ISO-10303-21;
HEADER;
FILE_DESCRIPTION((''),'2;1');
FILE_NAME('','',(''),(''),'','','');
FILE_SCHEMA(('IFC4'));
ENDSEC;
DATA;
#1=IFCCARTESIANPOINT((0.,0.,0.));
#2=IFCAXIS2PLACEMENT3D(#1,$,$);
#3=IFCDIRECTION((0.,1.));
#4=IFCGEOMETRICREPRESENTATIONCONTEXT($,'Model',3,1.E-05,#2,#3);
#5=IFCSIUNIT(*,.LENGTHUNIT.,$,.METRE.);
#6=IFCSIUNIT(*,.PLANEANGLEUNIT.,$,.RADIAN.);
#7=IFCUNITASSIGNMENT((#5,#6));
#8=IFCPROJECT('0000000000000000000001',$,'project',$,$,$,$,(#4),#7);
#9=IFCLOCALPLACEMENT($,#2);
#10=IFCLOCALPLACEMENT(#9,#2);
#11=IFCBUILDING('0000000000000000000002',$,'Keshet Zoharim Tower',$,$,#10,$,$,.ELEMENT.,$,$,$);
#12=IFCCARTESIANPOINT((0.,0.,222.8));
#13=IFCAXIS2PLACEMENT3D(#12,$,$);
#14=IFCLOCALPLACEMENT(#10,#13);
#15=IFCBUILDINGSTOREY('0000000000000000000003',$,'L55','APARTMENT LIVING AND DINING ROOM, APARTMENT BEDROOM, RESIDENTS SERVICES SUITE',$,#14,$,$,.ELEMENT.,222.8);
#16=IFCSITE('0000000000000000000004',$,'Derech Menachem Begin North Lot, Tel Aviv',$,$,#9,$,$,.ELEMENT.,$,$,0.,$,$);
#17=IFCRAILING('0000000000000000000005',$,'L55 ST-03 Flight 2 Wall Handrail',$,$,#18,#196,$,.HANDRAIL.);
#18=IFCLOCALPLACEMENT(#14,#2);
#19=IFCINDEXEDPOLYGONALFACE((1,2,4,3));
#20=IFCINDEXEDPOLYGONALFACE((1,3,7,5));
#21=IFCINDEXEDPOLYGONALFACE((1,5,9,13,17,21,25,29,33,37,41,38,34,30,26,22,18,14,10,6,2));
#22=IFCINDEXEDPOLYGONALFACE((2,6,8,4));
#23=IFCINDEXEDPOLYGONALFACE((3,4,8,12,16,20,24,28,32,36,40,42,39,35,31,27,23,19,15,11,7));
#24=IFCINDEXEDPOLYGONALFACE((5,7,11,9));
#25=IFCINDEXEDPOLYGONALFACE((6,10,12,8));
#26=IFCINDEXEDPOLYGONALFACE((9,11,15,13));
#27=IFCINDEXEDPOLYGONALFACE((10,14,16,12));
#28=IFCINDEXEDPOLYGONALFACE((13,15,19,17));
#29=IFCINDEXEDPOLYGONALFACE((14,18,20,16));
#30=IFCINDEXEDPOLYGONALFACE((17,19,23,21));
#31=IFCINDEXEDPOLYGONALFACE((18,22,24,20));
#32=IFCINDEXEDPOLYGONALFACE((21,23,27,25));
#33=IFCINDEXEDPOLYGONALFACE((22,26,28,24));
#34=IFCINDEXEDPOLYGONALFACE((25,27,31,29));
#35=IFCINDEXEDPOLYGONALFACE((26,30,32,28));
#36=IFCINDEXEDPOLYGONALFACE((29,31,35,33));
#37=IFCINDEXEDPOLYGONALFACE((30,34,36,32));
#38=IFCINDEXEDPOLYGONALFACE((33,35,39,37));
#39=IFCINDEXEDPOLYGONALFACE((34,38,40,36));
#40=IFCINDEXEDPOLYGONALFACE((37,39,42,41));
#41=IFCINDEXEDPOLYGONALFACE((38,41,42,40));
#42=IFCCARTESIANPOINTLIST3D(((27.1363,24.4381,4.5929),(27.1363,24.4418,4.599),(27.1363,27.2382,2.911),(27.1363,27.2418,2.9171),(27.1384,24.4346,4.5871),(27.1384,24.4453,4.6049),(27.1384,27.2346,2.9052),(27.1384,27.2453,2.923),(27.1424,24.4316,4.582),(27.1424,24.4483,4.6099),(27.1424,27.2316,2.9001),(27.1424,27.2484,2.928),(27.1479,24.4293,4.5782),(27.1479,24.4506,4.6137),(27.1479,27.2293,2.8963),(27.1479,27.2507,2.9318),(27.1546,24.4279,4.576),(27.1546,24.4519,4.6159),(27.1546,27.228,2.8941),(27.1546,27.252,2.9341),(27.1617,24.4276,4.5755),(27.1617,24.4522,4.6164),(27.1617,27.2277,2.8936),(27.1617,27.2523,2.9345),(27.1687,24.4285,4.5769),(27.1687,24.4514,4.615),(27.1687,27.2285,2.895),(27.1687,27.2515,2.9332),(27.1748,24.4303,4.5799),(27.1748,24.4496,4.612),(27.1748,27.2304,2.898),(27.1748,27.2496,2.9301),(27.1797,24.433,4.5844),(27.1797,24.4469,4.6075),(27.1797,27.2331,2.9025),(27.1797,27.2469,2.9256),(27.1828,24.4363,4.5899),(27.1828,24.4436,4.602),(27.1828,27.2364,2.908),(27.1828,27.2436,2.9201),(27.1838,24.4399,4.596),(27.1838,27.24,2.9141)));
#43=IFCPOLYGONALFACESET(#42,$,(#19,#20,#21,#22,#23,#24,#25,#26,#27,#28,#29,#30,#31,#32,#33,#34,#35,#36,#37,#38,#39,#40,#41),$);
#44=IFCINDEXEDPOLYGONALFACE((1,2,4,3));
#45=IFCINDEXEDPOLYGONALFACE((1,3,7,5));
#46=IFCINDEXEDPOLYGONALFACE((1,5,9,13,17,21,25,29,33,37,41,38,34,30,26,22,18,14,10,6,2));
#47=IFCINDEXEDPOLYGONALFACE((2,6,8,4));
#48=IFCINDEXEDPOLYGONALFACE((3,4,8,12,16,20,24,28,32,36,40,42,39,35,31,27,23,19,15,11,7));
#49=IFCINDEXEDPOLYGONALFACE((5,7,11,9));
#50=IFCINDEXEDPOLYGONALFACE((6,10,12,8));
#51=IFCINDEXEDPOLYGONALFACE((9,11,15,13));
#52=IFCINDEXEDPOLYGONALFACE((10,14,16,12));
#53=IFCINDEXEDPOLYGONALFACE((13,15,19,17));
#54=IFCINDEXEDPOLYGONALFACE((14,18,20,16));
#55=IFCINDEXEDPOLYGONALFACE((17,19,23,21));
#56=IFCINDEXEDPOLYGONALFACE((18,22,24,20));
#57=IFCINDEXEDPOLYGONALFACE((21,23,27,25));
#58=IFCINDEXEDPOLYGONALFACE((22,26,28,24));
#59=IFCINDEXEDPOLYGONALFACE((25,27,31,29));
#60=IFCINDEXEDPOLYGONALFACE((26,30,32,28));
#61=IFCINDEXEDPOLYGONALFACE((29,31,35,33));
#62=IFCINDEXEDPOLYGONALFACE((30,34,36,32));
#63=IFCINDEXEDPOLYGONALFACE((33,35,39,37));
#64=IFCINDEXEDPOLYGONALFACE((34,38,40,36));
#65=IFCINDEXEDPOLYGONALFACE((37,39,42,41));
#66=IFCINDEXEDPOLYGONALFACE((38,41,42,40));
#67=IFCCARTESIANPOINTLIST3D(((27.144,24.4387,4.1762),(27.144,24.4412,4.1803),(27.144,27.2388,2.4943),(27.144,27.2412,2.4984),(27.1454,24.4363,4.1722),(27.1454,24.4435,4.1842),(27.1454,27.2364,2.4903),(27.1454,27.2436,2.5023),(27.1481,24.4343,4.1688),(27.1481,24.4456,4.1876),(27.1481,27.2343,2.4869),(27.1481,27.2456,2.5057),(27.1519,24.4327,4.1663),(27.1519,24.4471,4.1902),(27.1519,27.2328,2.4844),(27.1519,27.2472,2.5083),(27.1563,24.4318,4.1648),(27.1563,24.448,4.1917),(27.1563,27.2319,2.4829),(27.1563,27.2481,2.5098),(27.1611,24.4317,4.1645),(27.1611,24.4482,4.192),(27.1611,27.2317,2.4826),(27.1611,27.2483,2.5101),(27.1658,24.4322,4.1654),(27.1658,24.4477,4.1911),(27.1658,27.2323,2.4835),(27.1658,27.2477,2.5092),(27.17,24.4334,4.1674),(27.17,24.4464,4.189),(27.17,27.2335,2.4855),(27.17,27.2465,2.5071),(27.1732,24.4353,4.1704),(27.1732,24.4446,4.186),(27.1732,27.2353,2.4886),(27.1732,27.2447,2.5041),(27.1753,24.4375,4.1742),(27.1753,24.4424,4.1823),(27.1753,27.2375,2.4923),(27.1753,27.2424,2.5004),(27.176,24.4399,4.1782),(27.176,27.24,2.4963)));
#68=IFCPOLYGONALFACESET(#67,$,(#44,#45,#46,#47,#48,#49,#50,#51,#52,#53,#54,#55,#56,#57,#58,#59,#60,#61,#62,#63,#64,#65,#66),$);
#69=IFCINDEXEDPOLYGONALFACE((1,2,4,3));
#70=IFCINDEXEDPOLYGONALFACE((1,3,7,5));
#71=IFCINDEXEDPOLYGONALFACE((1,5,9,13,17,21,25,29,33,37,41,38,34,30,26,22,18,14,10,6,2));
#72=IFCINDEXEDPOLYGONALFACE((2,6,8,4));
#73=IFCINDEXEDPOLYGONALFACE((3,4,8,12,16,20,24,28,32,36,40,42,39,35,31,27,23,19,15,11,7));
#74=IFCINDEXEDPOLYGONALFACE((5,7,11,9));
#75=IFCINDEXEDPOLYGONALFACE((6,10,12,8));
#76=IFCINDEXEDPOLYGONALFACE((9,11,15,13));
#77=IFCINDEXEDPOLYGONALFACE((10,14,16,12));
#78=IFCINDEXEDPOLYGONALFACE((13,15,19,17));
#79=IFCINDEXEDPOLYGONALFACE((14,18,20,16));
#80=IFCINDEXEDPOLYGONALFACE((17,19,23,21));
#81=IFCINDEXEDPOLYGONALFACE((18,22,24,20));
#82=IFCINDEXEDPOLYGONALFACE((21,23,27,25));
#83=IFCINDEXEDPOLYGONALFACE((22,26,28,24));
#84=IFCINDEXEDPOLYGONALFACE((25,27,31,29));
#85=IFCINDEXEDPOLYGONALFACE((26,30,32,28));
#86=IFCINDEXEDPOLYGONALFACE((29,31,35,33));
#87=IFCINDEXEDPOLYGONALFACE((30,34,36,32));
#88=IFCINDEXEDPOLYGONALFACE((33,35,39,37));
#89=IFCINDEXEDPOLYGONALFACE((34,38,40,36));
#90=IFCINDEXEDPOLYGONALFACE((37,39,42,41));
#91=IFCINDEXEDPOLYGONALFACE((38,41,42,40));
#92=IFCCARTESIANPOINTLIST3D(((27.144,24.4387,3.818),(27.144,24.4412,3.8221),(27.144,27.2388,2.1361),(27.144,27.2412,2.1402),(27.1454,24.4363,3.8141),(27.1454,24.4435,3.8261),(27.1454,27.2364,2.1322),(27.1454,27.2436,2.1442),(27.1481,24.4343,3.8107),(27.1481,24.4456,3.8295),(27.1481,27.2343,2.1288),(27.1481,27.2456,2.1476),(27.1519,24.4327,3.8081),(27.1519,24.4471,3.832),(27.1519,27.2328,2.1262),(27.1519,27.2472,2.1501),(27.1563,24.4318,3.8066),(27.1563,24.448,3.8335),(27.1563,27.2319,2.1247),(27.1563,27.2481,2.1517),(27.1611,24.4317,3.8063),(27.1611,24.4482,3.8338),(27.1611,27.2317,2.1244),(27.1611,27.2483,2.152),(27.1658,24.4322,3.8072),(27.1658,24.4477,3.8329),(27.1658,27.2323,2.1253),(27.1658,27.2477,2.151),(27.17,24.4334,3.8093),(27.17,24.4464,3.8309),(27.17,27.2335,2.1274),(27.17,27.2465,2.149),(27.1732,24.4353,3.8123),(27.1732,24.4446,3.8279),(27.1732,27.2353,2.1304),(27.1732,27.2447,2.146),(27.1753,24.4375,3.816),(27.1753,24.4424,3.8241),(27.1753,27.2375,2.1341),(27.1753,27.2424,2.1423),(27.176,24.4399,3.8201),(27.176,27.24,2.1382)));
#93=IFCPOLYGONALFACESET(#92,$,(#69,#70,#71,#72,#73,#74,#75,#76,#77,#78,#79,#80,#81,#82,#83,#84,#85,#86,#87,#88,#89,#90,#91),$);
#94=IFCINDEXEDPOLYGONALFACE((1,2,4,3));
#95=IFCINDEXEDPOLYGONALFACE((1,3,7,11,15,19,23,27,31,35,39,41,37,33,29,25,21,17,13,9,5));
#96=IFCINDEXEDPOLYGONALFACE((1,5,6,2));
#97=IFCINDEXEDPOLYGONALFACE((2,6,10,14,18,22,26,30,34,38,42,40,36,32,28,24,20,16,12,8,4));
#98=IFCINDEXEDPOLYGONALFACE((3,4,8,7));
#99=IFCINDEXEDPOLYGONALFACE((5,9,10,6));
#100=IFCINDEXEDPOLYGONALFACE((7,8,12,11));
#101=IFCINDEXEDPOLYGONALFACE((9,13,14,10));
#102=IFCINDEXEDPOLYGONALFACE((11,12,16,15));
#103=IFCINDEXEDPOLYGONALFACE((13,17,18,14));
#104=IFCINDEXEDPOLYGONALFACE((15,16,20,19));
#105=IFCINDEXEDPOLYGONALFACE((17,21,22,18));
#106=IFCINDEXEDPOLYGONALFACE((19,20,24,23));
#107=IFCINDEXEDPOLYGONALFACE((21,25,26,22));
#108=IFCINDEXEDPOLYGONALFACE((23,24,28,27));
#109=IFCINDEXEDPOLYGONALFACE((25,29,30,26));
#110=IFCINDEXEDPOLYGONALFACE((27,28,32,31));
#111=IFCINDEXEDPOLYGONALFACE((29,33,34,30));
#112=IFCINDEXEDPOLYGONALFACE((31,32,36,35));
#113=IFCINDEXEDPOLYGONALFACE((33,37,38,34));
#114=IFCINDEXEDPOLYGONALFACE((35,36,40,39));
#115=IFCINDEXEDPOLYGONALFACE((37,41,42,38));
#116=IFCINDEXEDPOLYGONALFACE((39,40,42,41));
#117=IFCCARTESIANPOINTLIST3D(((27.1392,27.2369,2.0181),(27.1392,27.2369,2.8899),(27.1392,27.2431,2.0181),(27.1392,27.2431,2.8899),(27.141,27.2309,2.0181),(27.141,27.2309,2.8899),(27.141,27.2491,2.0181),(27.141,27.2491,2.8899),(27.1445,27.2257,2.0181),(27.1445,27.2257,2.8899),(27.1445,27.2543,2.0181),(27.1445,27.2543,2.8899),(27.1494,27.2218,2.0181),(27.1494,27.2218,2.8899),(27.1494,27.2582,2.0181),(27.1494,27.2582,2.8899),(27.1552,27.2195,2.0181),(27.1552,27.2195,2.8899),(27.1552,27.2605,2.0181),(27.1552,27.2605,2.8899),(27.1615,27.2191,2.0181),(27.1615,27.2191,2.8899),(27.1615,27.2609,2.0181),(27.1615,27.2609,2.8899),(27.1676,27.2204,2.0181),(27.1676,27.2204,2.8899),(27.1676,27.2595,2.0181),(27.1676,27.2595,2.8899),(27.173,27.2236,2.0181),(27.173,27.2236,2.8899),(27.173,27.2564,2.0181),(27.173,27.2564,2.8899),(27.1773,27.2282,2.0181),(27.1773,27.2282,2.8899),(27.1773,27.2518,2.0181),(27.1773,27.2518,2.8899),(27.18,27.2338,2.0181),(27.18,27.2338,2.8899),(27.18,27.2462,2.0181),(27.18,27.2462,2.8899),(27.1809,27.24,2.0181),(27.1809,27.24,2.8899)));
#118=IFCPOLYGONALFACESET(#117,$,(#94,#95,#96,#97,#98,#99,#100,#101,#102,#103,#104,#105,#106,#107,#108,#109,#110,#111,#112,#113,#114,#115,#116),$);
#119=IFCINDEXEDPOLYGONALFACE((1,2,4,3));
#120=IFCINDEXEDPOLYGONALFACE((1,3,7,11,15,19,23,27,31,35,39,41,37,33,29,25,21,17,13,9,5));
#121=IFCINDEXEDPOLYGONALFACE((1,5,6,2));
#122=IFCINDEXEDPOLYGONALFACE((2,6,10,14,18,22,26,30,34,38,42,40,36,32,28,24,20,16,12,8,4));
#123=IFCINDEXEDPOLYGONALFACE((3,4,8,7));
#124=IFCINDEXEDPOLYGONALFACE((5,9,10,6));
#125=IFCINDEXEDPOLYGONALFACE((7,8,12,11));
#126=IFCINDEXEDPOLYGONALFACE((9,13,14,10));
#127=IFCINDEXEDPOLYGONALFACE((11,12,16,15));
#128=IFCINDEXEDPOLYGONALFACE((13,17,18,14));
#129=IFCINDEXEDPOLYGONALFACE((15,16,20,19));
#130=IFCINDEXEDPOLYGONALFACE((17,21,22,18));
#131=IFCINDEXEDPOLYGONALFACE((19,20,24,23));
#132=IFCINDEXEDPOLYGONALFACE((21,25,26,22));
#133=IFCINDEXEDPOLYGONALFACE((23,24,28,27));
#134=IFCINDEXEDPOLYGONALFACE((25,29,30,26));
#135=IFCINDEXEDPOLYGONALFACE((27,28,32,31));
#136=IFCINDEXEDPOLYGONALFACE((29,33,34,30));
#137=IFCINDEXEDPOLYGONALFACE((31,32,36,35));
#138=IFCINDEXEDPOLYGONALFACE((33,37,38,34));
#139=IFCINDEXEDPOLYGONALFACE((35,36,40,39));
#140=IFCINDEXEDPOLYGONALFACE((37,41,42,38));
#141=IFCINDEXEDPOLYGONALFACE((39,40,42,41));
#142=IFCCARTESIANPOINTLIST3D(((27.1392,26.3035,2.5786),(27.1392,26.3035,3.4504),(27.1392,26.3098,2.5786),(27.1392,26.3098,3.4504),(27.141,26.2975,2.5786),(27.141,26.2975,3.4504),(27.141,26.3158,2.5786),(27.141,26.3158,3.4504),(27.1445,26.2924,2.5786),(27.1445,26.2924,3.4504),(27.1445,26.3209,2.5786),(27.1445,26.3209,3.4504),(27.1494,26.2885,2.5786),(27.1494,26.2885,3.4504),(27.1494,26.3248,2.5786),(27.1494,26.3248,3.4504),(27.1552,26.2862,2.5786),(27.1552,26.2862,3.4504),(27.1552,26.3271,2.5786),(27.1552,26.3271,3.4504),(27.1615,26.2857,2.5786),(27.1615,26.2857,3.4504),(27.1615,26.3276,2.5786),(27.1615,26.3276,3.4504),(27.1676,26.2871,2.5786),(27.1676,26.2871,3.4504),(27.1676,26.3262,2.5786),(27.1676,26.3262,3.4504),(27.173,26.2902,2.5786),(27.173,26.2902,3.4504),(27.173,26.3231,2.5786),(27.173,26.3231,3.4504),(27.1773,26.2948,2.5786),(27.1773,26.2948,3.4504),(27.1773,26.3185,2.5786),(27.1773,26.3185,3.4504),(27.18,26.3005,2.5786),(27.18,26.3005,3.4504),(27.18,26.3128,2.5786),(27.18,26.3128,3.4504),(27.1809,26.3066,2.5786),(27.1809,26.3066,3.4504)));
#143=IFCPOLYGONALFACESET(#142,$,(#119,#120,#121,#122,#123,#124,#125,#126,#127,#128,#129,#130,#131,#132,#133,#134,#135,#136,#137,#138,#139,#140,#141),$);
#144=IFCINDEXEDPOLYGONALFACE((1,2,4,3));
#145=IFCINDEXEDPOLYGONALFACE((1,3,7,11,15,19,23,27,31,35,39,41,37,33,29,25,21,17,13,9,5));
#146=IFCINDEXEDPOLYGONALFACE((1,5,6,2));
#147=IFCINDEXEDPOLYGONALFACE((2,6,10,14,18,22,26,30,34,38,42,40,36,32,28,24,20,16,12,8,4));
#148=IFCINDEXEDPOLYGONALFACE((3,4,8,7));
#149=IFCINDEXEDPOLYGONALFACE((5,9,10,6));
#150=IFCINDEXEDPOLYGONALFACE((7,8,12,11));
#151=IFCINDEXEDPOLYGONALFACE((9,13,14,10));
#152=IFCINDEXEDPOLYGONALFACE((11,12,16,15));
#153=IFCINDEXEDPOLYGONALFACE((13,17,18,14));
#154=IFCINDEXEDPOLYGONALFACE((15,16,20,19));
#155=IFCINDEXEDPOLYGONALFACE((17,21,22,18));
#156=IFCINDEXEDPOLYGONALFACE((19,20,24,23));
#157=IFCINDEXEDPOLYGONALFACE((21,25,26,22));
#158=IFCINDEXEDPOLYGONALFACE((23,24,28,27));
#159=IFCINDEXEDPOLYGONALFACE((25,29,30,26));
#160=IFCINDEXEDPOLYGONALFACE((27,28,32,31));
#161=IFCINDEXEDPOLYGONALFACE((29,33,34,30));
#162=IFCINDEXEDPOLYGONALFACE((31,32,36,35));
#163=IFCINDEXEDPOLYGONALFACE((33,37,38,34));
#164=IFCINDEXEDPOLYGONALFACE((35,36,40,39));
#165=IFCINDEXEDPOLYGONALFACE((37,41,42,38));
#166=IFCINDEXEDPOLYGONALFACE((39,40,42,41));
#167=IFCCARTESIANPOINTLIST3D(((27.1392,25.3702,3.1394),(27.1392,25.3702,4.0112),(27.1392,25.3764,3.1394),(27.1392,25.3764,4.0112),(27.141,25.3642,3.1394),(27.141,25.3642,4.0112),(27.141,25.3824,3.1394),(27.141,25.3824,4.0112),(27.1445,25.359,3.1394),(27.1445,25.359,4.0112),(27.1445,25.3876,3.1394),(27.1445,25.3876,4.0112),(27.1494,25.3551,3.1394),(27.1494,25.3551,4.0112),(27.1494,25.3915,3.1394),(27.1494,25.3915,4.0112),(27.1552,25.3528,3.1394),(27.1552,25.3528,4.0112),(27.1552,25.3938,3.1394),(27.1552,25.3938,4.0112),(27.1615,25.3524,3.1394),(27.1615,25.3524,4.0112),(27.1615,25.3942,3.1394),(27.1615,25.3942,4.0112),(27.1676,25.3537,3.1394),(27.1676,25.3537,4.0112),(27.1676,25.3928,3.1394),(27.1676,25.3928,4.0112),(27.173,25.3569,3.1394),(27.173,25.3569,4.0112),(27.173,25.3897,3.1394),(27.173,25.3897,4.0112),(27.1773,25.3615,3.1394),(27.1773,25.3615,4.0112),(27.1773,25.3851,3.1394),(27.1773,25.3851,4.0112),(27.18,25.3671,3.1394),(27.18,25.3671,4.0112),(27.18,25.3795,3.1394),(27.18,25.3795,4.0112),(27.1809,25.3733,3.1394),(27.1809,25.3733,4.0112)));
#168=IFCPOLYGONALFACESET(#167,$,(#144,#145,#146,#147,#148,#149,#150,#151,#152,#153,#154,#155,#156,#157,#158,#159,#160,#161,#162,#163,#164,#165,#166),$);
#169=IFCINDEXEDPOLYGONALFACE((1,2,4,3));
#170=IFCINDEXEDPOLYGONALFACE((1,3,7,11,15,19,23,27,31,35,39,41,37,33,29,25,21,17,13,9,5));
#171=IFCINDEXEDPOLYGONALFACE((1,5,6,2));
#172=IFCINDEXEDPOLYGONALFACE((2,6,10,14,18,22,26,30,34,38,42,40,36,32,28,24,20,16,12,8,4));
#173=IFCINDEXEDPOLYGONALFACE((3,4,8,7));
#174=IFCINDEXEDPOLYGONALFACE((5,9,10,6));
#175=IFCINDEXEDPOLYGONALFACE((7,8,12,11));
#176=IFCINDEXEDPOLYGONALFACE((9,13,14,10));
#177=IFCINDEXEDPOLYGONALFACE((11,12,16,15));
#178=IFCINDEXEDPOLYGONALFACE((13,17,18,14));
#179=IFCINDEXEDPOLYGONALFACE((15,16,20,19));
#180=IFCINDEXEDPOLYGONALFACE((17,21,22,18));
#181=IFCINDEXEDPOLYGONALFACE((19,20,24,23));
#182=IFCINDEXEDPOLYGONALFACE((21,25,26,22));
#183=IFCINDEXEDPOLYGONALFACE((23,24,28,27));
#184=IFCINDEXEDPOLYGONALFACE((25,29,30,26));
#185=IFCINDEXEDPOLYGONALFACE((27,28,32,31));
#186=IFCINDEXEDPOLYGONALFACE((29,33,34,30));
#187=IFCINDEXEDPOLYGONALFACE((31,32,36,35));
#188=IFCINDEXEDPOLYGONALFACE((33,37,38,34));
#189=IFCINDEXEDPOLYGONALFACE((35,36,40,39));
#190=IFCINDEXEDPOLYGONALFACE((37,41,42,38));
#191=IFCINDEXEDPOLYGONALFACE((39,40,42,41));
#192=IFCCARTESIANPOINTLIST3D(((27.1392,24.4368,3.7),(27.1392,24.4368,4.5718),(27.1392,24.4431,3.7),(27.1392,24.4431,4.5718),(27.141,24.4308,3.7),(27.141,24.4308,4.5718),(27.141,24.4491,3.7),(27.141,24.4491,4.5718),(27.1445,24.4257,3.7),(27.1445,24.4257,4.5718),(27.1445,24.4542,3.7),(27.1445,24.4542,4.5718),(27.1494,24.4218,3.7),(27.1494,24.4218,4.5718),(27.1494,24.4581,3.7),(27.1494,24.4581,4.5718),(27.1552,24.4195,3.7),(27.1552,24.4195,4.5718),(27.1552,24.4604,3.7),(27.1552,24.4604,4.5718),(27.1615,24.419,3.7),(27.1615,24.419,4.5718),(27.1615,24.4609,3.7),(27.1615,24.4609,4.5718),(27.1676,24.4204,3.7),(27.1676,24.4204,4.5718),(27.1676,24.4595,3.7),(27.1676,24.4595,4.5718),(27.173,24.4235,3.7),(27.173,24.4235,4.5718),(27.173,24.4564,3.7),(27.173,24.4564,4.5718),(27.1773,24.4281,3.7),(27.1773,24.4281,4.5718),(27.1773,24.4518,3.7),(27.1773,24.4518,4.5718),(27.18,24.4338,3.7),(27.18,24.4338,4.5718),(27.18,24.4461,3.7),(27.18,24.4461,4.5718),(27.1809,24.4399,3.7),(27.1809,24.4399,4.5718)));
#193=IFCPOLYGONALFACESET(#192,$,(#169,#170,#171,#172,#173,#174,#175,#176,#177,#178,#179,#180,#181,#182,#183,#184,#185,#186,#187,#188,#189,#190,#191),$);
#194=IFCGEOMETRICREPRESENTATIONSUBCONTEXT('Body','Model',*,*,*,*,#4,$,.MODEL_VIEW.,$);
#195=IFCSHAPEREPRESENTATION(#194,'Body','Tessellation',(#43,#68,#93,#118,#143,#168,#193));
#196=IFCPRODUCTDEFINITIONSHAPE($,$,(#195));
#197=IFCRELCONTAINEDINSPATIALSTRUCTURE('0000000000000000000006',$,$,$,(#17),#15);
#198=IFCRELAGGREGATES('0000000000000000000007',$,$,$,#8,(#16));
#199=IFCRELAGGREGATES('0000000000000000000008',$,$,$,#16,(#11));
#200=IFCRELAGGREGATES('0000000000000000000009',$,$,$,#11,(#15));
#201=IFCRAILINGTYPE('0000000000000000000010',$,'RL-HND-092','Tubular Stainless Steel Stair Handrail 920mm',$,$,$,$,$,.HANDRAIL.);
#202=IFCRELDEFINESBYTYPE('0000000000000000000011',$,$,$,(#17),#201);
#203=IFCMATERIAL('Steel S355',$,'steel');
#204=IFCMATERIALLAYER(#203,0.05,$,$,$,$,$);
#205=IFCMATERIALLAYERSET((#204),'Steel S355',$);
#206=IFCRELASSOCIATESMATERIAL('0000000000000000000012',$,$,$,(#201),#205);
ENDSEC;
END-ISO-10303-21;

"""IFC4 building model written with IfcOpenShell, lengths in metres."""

from ifc_helpers import new_model, si_unit, direction, frame, origin, origin_2d, place, context, subcontext, project, spatial, circle, extrude, material, layer, layer_set, type_object, element, save


model = new_model("IFC4")

# Units and contexts
model_context = context("Model", 3, precision=1e-05, world=origin(), true_north=direction((0.0, 1.0)))
body_context = subcontext(model_context, "Body", "Model", "MODEL_VIEW")
ifc_project = project(units=[si_unit("LENGTHUNIT", "METRE"), si_unit("PLANEANGLEUNIT", "RADIAN")], contexts=[model_context])

# Site, building, storey
site_placement = place(None, origin())
site = spatial("IfcSite", under=ifc_project, at=site_placement, Name="Derech Menachem Begin North Lot, Tel Aviv", CompositionType="ELEMENT", RefElevation=0.0)
building_placement = place(site_placement, origin())
building = spatial("IfcBuilding", under=site, at=building_placement, Name="Keshet Zoharim Tower", CompositionType="ELEMENT")
storey_placement = place(building_placement, frame((0.0, 0.0, 222.8)))
storey = spatial("IfcBuildingStorey", under=building, at=storey_placement, Name="L55", Description="APARTMENT LIVING AND DINING ROOM, APARTMENT BEDROOM, RESIDENTS SERVICES SUITE", CompositionType="ELEMENT", Elevation=222.8)

# Shared definitions
ifc_material_1 = material(Name="Steel S355", Category="steel")

# Railing
ifc_layer_1 = layer(ifc_material_1, 0.05)
ifc_layer_set_1 = layer_set([ifc_layer_1], Name="Steel S355")
railing_type = type_object("IfcRailingType", Name="RL-HND-092", Description="Tubular Stainless Steel Stair Handrail 920mm", PredefinedType="HANDRAIL", material=ifc_layer_set_1)
railing_placement = place(storey_placement, frame((27.1599, 27.24, 2.0181)))
element("IfcRailing", 1, at=railing_placement, inside=storey, type_object=railing_type, Name="L55 ST-03 Flight 2 Wall Handrail", PredefinedType="HANDRAIL", context=body_context, shape_type="SweptSolid", body=[
    extrude(circle(Radius=0.0239, at=origin_2d()), frame((0.0, 0.0, 0.896), z_axis=(0.0, -0.857242, 0.514913), x_axis=(1.0, 0.0, 0.0)), (0.0, 0.0, 1.0), 3.2664),
    extrude(circle(Radius=0.0161, at=origin_2d()), frame((0.0, 0.0, 0.4783), z_axis=(0.0, -0.857242, 0.514913), x_axis=(1.0, 0.0, 0.0)), (0.0, 0.0, 1.0), 3.2664),
    extrude(circle(Radius=0.0161, at=origin_2d()), frame((0.0, 0.0, 0.1201), z_axis=(0.0, -0.857242, 0.514913), x_axis=(1.0, 0.0, 0.0)), (0.0, 0.0, 1.0), 3.2664),
    extrude(circle(Radius=0.021, at=origin_2d()), origin(), (0.0, 0.0, 1.0), 0.8718),
    extrude(circle(Radius=0.021, at=origin_2d()), frame((0.0, -0.9333, 0.5605)), (0.0, 0.0, 1.0), 0.8718),
    extrude(circle(Radius=0.021, at=origin_2d()), frame((0.0, -1.8667, 1.1213)), (0.0, 0.0, 1.0), 0.8718),
    extrude(circle(Radius=0.021, at=origin_2d()), frame((0.0, -2.8, 1.6819)), (0.0, 0.0, 1.0), 0.8718),
])

save(model, "model.ifc")
